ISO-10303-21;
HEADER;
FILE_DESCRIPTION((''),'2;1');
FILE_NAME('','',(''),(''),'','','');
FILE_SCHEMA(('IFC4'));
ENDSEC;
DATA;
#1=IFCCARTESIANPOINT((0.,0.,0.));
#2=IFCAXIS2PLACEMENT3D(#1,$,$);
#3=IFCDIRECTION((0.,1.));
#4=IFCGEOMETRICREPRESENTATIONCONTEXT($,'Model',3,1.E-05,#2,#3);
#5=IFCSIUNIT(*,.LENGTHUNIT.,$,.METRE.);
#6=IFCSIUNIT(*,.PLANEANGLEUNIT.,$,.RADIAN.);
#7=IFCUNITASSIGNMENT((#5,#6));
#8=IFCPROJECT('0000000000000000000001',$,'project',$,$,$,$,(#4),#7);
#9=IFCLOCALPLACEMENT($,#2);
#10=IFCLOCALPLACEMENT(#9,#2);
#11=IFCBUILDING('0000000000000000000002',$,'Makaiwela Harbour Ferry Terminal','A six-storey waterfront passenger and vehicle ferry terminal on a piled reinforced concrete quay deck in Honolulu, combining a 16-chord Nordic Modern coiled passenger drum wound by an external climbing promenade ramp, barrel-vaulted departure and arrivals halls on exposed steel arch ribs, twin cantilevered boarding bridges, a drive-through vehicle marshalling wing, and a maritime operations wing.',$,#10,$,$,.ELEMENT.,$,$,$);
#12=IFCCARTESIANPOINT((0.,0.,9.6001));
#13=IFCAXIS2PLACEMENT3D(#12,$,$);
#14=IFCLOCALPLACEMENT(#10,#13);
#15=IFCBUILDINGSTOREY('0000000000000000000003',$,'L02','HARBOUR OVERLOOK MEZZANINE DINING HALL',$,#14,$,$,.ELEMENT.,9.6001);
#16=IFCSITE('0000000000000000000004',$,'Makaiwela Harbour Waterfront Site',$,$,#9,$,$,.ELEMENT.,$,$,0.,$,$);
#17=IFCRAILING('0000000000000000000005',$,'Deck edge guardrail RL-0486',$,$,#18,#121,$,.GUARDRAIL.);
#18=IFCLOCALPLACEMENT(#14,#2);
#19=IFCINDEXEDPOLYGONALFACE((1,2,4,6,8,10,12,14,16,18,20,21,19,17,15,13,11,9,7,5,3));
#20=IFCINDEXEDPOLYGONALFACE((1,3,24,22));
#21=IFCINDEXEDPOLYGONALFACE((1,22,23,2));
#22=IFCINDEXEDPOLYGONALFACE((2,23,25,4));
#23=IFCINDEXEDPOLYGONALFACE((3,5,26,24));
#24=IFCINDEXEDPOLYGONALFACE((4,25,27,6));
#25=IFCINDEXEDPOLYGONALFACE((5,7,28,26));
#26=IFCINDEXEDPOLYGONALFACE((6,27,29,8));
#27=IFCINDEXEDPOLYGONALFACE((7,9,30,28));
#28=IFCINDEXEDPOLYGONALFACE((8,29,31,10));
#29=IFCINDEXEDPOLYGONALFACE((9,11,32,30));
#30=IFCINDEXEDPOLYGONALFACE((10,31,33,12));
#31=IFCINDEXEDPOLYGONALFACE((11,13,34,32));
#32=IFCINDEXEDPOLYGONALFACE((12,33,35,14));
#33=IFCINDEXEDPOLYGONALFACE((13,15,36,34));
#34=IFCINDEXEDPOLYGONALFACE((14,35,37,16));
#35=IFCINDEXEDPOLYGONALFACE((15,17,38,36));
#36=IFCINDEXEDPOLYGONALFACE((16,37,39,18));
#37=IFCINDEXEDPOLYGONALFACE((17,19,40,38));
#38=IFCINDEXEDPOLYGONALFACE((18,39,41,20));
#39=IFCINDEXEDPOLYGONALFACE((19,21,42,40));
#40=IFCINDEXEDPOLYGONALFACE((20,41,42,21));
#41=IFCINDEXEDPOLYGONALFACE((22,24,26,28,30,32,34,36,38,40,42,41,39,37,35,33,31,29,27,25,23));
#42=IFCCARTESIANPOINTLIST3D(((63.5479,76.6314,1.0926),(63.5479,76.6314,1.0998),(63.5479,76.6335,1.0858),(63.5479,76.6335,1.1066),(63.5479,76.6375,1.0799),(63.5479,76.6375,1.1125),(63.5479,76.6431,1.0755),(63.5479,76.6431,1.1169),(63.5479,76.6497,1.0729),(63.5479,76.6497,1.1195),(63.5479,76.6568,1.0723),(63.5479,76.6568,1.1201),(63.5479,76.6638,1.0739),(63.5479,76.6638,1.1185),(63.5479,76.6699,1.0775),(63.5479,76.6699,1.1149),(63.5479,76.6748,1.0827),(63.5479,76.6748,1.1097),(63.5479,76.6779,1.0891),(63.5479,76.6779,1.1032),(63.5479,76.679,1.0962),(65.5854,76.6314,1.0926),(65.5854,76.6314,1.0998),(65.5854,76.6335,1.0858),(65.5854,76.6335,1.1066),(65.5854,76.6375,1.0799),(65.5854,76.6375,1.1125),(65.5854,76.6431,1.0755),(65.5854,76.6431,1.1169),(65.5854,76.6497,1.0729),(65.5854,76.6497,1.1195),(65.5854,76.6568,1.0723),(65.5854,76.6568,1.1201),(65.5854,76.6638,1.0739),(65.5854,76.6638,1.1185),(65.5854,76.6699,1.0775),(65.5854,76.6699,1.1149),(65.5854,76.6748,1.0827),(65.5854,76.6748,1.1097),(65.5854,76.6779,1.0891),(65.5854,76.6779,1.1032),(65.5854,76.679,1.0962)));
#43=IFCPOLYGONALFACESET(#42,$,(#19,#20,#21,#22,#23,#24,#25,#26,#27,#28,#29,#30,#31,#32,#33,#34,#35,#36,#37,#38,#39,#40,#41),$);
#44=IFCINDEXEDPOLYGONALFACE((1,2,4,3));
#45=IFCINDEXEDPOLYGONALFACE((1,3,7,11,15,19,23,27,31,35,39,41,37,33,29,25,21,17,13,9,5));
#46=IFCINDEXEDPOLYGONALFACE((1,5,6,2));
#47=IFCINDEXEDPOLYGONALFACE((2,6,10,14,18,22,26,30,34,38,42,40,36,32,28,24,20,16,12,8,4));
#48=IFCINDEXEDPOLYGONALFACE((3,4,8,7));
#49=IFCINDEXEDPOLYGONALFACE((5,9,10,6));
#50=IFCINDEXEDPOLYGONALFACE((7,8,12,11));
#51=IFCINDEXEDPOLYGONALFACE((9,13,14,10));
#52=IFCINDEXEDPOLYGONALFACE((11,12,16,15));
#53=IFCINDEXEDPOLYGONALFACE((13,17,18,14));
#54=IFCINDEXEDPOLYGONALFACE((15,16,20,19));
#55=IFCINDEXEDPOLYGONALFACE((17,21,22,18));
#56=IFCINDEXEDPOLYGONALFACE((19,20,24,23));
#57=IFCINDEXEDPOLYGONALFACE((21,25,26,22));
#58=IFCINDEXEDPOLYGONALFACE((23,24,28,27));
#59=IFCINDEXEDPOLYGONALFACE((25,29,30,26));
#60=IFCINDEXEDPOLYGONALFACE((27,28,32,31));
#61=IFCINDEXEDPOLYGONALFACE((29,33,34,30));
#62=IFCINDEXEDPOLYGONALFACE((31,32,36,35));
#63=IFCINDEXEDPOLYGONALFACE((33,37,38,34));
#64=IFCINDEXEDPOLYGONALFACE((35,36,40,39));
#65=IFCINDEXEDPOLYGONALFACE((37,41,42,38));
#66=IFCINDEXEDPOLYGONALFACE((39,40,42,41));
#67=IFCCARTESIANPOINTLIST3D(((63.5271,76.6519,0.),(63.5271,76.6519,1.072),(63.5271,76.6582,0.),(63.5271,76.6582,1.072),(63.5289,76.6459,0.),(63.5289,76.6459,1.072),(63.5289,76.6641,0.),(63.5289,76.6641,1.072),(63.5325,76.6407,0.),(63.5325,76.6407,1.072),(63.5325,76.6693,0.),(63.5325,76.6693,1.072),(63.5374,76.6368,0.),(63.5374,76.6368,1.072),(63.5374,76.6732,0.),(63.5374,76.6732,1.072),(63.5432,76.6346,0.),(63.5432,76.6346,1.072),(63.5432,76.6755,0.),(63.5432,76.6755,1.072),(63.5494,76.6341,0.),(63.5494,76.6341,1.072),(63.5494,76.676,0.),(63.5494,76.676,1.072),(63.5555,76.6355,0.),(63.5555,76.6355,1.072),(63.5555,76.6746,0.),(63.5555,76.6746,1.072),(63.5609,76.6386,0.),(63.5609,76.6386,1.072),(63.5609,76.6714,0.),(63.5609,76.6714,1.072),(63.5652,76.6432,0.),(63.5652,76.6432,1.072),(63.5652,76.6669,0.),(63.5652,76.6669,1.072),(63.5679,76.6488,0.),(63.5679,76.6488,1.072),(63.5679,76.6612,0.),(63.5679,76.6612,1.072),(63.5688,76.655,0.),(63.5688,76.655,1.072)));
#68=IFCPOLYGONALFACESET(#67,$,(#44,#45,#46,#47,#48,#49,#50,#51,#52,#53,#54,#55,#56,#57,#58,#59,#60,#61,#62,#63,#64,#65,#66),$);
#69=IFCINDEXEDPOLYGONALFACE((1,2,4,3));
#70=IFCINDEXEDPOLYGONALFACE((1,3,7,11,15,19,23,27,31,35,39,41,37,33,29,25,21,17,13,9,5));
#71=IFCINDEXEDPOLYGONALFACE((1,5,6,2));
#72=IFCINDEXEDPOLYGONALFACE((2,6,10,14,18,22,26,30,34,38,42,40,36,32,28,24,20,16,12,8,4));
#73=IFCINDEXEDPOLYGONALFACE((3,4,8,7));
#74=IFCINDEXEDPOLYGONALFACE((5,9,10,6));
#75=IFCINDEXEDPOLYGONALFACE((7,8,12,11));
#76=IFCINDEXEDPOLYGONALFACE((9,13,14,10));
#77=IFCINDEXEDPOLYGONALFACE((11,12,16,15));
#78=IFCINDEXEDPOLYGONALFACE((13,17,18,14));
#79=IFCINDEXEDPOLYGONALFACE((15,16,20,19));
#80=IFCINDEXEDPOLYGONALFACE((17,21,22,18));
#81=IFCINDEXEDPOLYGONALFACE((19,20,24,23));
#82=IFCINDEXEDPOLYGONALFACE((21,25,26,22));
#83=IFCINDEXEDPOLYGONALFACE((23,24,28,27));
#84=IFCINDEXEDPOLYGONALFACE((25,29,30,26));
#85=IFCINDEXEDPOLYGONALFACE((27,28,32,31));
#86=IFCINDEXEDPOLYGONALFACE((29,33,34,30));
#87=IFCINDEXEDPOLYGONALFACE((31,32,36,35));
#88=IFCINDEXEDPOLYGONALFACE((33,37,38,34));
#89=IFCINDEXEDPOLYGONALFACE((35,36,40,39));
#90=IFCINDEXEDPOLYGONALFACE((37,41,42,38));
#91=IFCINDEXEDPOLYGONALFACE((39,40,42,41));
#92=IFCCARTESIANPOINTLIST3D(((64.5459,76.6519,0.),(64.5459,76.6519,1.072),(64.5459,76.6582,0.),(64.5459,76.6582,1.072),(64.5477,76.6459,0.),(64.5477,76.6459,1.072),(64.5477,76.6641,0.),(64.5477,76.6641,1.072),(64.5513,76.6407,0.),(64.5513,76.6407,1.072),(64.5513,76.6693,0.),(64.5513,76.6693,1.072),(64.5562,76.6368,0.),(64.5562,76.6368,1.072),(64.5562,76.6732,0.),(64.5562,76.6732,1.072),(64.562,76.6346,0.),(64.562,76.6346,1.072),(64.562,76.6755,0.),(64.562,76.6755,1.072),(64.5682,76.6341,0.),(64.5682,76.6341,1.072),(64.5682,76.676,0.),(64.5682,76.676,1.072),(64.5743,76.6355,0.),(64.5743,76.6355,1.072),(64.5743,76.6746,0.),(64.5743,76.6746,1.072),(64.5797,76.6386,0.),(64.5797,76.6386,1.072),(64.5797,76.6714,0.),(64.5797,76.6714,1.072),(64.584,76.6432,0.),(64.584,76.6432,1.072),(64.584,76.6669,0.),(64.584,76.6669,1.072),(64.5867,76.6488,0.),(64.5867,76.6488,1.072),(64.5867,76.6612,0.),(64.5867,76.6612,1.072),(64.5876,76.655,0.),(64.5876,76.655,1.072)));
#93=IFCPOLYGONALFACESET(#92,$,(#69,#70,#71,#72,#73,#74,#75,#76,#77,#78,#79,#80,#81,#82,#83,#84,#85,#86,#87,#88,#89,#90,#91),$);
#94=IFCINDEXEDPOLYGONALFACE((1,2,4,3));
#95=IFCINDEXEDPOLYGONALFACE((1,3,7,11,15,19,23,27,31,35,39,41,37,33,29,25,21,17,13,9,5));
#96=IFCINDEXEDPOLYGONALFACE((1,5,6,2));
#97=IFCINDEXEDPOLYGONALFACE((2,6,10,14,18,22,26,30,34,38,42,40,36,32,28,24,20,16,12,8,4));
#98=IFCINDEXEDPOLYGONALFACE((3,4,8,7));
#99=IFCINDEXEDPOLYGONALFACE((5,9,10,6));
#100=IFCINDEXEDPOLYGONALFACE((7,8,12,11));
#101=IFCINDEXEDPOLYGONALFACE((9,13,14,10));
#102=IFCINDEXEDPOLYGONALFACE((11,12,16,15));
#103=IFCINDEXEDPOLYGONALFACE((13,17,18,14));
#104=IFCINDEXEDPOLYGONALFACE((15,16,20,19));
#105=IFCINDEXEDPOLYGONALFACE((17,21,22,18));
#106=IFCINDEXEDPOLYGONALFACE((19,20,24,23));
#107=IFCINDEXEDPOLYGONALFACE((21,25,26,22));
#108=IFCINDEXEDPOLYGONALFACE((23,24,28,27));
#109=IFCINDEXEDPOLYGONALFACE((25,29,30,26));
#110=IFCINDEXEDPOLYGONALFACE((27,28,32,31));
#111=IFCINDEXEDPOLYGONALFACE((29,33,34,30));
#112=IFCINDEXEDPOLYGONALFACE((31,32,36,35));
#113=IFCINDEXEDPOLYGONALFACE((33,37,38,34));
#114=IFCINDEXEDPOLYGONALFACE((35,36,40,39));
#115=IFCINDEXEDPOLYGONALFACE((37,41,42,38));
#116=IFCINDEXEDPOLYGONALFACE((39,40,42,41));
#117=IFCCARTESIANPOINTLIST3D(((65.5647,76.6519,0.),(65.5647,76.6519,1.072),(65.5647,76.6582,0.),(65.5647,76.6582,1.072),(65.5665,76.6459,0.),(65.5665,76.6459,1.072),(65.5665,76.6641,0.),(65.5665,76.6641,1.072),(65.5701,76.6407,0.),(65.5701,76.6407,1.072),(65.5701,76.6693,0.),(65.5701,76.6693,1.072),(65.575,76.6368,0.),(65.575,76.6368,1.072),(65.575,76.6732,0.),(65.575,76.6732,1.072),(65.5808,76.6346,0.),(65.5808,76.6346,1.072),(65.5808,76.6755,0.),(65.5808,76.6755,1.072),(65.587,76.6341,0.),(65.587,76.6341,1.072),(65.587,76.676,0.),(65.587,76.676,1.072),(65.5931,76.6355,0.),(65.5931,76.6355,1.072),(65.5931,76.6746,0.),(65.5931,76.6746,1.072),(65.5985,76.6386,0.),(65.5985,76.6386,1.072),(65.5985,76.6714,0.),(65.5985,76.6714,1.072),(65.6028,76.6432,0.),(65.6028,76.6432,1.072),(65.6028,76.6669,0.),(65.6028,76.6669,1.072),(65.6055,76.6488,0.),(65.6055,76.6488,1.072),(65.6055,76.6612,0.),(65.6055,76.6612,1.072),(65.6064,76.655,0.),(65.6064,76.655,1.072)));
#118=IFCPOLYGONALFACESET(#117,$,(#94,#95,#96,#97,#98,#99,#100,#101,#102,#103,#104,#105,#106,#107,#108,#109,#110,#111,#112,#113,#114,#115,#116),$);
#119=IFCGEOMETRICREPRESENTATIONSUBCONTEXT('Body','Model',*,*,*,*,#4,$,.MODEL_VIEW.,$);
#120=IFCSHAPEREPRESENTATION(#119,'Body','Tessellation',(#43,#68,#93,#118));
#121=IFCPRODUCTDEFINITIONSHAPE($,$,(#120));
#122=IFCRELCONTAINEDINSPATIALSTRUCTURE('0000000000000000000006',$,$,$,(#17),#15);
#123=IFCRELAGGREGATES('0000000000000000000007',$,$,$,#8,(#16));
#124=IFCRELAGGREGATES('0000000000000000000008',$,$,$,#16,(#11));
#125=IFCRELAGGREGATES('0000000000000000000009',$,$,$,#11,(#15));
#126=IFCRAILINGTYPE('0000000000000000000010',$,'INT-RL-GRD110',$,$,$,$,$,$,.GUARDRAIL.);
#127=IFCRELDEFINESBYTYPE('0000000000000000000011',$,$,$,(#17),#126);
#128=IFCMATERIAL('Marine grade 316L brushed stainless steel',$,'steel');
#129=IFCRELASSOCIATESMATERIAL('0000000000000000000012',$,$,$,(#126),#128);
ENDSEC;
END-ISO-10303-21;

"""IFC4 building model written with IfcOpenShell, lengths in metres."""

from ifc_helpers import new_model, si_unit, direction, frame, origin, origin_2d, place, context, subcontext, project, spatial, circle, extrude, material, type_object, element, save


model = new_model("IFC4")

# Units and contexts
model_context = context("Model", 3, precision=1e-05, world=origin(), true_north=direction((0.0, 1.0)))
body_context = subcontext(model_context, "Body", "Model", "MODEL_VIEW")
ifc_project = project(units=[si_unit("LENGTHUNIT", "METRE"), si_unit("PLANEANGLEUNIT", "RADIAN")], contexts=[model_context])

# Site, building, storey
site_placement = place(None, origin())
site = spatial("IfcSite", under=ifc_project, at=site_placement, Name="Makaiwela Harbour Waterfront Site", CompositionType="ELEMENT", RefElevation=0.0)
building_placement = place(site_placement, origin())
building = spatial("IfcBuilding", under=site, at=building_placement, Name="Makaiwela Harbour Ferry Terminal", Description="A six-storey waterfront passenger and vehicle ferry terminal on a piled reinforced concrete quay deck in Honolulu, combining a 16-chord Nordic Modern coiled passenger drum wound by an external climbing promenade ramp, barrel-vaulted departure and arrivals halls on exposed steel arch ribs, twin cantilevered boarding bridges, a drive-through vehicle marshalling wing, and a maritime operations wing.", CompositionType="ELEMENT")
storey_placement = place(building_placement, frame((0.0, 0.0, 9.6001)))
storey = spatial("IfcBuildingStorey", under=building, at=storey_placement, Name="L02", Description="HARBOUR OVERLOOK MEZZANINE DINING HALL", CompositionType="ELEMENT", Elevation=9.6001)

# Railing
ifc_material_1 = material(Name="Marine grade 316L brushed stainless steel", Category="steel")
railing_type = type_object("IfcRailingType", Name="INT-RL-GRD110", PredefinedType="GUARDRAIL", material=ifc_material_1)
railing_1_placement = place(storey_placement, frame((63.5479, 76.655, 0.0)))
element("IfcRailing", 1, at=railing_1_placement, inside=storey, type_object=railing_type, Name="Deck edge guardrail RL-0486", PredefinedType="GUARDRAIL", context=body_context, shape_type="SweptSolid", body=[
    extrude(circle(Radius=0.0239, at=origin_2d()), frame((0.0, 0.0, 1.0962), z_axis=(1.0, 0.0, 0.0), x_axis=(0.0, 1.0, 0.0)), (0.0, 0.0, 1.0), 2.0376),
    extrude(circle(Radius=0.021, at=origin_2d()), origin(), (0.0, 0.0, 1.0), 1.072),
    extrude(circle(Radius=0.021, at=origin_2d()), frame((1.0188, 0.0, 0.0)), (0.0, 0.0, 1.0), 1.072),
    extrude(circle(Radius=0.021, at=origin_2d()), frame((2.0376, 0.0, 0.0)), (0.0, 0.0, 1.0), 1.072),
])

save(model, "model.ifc")
